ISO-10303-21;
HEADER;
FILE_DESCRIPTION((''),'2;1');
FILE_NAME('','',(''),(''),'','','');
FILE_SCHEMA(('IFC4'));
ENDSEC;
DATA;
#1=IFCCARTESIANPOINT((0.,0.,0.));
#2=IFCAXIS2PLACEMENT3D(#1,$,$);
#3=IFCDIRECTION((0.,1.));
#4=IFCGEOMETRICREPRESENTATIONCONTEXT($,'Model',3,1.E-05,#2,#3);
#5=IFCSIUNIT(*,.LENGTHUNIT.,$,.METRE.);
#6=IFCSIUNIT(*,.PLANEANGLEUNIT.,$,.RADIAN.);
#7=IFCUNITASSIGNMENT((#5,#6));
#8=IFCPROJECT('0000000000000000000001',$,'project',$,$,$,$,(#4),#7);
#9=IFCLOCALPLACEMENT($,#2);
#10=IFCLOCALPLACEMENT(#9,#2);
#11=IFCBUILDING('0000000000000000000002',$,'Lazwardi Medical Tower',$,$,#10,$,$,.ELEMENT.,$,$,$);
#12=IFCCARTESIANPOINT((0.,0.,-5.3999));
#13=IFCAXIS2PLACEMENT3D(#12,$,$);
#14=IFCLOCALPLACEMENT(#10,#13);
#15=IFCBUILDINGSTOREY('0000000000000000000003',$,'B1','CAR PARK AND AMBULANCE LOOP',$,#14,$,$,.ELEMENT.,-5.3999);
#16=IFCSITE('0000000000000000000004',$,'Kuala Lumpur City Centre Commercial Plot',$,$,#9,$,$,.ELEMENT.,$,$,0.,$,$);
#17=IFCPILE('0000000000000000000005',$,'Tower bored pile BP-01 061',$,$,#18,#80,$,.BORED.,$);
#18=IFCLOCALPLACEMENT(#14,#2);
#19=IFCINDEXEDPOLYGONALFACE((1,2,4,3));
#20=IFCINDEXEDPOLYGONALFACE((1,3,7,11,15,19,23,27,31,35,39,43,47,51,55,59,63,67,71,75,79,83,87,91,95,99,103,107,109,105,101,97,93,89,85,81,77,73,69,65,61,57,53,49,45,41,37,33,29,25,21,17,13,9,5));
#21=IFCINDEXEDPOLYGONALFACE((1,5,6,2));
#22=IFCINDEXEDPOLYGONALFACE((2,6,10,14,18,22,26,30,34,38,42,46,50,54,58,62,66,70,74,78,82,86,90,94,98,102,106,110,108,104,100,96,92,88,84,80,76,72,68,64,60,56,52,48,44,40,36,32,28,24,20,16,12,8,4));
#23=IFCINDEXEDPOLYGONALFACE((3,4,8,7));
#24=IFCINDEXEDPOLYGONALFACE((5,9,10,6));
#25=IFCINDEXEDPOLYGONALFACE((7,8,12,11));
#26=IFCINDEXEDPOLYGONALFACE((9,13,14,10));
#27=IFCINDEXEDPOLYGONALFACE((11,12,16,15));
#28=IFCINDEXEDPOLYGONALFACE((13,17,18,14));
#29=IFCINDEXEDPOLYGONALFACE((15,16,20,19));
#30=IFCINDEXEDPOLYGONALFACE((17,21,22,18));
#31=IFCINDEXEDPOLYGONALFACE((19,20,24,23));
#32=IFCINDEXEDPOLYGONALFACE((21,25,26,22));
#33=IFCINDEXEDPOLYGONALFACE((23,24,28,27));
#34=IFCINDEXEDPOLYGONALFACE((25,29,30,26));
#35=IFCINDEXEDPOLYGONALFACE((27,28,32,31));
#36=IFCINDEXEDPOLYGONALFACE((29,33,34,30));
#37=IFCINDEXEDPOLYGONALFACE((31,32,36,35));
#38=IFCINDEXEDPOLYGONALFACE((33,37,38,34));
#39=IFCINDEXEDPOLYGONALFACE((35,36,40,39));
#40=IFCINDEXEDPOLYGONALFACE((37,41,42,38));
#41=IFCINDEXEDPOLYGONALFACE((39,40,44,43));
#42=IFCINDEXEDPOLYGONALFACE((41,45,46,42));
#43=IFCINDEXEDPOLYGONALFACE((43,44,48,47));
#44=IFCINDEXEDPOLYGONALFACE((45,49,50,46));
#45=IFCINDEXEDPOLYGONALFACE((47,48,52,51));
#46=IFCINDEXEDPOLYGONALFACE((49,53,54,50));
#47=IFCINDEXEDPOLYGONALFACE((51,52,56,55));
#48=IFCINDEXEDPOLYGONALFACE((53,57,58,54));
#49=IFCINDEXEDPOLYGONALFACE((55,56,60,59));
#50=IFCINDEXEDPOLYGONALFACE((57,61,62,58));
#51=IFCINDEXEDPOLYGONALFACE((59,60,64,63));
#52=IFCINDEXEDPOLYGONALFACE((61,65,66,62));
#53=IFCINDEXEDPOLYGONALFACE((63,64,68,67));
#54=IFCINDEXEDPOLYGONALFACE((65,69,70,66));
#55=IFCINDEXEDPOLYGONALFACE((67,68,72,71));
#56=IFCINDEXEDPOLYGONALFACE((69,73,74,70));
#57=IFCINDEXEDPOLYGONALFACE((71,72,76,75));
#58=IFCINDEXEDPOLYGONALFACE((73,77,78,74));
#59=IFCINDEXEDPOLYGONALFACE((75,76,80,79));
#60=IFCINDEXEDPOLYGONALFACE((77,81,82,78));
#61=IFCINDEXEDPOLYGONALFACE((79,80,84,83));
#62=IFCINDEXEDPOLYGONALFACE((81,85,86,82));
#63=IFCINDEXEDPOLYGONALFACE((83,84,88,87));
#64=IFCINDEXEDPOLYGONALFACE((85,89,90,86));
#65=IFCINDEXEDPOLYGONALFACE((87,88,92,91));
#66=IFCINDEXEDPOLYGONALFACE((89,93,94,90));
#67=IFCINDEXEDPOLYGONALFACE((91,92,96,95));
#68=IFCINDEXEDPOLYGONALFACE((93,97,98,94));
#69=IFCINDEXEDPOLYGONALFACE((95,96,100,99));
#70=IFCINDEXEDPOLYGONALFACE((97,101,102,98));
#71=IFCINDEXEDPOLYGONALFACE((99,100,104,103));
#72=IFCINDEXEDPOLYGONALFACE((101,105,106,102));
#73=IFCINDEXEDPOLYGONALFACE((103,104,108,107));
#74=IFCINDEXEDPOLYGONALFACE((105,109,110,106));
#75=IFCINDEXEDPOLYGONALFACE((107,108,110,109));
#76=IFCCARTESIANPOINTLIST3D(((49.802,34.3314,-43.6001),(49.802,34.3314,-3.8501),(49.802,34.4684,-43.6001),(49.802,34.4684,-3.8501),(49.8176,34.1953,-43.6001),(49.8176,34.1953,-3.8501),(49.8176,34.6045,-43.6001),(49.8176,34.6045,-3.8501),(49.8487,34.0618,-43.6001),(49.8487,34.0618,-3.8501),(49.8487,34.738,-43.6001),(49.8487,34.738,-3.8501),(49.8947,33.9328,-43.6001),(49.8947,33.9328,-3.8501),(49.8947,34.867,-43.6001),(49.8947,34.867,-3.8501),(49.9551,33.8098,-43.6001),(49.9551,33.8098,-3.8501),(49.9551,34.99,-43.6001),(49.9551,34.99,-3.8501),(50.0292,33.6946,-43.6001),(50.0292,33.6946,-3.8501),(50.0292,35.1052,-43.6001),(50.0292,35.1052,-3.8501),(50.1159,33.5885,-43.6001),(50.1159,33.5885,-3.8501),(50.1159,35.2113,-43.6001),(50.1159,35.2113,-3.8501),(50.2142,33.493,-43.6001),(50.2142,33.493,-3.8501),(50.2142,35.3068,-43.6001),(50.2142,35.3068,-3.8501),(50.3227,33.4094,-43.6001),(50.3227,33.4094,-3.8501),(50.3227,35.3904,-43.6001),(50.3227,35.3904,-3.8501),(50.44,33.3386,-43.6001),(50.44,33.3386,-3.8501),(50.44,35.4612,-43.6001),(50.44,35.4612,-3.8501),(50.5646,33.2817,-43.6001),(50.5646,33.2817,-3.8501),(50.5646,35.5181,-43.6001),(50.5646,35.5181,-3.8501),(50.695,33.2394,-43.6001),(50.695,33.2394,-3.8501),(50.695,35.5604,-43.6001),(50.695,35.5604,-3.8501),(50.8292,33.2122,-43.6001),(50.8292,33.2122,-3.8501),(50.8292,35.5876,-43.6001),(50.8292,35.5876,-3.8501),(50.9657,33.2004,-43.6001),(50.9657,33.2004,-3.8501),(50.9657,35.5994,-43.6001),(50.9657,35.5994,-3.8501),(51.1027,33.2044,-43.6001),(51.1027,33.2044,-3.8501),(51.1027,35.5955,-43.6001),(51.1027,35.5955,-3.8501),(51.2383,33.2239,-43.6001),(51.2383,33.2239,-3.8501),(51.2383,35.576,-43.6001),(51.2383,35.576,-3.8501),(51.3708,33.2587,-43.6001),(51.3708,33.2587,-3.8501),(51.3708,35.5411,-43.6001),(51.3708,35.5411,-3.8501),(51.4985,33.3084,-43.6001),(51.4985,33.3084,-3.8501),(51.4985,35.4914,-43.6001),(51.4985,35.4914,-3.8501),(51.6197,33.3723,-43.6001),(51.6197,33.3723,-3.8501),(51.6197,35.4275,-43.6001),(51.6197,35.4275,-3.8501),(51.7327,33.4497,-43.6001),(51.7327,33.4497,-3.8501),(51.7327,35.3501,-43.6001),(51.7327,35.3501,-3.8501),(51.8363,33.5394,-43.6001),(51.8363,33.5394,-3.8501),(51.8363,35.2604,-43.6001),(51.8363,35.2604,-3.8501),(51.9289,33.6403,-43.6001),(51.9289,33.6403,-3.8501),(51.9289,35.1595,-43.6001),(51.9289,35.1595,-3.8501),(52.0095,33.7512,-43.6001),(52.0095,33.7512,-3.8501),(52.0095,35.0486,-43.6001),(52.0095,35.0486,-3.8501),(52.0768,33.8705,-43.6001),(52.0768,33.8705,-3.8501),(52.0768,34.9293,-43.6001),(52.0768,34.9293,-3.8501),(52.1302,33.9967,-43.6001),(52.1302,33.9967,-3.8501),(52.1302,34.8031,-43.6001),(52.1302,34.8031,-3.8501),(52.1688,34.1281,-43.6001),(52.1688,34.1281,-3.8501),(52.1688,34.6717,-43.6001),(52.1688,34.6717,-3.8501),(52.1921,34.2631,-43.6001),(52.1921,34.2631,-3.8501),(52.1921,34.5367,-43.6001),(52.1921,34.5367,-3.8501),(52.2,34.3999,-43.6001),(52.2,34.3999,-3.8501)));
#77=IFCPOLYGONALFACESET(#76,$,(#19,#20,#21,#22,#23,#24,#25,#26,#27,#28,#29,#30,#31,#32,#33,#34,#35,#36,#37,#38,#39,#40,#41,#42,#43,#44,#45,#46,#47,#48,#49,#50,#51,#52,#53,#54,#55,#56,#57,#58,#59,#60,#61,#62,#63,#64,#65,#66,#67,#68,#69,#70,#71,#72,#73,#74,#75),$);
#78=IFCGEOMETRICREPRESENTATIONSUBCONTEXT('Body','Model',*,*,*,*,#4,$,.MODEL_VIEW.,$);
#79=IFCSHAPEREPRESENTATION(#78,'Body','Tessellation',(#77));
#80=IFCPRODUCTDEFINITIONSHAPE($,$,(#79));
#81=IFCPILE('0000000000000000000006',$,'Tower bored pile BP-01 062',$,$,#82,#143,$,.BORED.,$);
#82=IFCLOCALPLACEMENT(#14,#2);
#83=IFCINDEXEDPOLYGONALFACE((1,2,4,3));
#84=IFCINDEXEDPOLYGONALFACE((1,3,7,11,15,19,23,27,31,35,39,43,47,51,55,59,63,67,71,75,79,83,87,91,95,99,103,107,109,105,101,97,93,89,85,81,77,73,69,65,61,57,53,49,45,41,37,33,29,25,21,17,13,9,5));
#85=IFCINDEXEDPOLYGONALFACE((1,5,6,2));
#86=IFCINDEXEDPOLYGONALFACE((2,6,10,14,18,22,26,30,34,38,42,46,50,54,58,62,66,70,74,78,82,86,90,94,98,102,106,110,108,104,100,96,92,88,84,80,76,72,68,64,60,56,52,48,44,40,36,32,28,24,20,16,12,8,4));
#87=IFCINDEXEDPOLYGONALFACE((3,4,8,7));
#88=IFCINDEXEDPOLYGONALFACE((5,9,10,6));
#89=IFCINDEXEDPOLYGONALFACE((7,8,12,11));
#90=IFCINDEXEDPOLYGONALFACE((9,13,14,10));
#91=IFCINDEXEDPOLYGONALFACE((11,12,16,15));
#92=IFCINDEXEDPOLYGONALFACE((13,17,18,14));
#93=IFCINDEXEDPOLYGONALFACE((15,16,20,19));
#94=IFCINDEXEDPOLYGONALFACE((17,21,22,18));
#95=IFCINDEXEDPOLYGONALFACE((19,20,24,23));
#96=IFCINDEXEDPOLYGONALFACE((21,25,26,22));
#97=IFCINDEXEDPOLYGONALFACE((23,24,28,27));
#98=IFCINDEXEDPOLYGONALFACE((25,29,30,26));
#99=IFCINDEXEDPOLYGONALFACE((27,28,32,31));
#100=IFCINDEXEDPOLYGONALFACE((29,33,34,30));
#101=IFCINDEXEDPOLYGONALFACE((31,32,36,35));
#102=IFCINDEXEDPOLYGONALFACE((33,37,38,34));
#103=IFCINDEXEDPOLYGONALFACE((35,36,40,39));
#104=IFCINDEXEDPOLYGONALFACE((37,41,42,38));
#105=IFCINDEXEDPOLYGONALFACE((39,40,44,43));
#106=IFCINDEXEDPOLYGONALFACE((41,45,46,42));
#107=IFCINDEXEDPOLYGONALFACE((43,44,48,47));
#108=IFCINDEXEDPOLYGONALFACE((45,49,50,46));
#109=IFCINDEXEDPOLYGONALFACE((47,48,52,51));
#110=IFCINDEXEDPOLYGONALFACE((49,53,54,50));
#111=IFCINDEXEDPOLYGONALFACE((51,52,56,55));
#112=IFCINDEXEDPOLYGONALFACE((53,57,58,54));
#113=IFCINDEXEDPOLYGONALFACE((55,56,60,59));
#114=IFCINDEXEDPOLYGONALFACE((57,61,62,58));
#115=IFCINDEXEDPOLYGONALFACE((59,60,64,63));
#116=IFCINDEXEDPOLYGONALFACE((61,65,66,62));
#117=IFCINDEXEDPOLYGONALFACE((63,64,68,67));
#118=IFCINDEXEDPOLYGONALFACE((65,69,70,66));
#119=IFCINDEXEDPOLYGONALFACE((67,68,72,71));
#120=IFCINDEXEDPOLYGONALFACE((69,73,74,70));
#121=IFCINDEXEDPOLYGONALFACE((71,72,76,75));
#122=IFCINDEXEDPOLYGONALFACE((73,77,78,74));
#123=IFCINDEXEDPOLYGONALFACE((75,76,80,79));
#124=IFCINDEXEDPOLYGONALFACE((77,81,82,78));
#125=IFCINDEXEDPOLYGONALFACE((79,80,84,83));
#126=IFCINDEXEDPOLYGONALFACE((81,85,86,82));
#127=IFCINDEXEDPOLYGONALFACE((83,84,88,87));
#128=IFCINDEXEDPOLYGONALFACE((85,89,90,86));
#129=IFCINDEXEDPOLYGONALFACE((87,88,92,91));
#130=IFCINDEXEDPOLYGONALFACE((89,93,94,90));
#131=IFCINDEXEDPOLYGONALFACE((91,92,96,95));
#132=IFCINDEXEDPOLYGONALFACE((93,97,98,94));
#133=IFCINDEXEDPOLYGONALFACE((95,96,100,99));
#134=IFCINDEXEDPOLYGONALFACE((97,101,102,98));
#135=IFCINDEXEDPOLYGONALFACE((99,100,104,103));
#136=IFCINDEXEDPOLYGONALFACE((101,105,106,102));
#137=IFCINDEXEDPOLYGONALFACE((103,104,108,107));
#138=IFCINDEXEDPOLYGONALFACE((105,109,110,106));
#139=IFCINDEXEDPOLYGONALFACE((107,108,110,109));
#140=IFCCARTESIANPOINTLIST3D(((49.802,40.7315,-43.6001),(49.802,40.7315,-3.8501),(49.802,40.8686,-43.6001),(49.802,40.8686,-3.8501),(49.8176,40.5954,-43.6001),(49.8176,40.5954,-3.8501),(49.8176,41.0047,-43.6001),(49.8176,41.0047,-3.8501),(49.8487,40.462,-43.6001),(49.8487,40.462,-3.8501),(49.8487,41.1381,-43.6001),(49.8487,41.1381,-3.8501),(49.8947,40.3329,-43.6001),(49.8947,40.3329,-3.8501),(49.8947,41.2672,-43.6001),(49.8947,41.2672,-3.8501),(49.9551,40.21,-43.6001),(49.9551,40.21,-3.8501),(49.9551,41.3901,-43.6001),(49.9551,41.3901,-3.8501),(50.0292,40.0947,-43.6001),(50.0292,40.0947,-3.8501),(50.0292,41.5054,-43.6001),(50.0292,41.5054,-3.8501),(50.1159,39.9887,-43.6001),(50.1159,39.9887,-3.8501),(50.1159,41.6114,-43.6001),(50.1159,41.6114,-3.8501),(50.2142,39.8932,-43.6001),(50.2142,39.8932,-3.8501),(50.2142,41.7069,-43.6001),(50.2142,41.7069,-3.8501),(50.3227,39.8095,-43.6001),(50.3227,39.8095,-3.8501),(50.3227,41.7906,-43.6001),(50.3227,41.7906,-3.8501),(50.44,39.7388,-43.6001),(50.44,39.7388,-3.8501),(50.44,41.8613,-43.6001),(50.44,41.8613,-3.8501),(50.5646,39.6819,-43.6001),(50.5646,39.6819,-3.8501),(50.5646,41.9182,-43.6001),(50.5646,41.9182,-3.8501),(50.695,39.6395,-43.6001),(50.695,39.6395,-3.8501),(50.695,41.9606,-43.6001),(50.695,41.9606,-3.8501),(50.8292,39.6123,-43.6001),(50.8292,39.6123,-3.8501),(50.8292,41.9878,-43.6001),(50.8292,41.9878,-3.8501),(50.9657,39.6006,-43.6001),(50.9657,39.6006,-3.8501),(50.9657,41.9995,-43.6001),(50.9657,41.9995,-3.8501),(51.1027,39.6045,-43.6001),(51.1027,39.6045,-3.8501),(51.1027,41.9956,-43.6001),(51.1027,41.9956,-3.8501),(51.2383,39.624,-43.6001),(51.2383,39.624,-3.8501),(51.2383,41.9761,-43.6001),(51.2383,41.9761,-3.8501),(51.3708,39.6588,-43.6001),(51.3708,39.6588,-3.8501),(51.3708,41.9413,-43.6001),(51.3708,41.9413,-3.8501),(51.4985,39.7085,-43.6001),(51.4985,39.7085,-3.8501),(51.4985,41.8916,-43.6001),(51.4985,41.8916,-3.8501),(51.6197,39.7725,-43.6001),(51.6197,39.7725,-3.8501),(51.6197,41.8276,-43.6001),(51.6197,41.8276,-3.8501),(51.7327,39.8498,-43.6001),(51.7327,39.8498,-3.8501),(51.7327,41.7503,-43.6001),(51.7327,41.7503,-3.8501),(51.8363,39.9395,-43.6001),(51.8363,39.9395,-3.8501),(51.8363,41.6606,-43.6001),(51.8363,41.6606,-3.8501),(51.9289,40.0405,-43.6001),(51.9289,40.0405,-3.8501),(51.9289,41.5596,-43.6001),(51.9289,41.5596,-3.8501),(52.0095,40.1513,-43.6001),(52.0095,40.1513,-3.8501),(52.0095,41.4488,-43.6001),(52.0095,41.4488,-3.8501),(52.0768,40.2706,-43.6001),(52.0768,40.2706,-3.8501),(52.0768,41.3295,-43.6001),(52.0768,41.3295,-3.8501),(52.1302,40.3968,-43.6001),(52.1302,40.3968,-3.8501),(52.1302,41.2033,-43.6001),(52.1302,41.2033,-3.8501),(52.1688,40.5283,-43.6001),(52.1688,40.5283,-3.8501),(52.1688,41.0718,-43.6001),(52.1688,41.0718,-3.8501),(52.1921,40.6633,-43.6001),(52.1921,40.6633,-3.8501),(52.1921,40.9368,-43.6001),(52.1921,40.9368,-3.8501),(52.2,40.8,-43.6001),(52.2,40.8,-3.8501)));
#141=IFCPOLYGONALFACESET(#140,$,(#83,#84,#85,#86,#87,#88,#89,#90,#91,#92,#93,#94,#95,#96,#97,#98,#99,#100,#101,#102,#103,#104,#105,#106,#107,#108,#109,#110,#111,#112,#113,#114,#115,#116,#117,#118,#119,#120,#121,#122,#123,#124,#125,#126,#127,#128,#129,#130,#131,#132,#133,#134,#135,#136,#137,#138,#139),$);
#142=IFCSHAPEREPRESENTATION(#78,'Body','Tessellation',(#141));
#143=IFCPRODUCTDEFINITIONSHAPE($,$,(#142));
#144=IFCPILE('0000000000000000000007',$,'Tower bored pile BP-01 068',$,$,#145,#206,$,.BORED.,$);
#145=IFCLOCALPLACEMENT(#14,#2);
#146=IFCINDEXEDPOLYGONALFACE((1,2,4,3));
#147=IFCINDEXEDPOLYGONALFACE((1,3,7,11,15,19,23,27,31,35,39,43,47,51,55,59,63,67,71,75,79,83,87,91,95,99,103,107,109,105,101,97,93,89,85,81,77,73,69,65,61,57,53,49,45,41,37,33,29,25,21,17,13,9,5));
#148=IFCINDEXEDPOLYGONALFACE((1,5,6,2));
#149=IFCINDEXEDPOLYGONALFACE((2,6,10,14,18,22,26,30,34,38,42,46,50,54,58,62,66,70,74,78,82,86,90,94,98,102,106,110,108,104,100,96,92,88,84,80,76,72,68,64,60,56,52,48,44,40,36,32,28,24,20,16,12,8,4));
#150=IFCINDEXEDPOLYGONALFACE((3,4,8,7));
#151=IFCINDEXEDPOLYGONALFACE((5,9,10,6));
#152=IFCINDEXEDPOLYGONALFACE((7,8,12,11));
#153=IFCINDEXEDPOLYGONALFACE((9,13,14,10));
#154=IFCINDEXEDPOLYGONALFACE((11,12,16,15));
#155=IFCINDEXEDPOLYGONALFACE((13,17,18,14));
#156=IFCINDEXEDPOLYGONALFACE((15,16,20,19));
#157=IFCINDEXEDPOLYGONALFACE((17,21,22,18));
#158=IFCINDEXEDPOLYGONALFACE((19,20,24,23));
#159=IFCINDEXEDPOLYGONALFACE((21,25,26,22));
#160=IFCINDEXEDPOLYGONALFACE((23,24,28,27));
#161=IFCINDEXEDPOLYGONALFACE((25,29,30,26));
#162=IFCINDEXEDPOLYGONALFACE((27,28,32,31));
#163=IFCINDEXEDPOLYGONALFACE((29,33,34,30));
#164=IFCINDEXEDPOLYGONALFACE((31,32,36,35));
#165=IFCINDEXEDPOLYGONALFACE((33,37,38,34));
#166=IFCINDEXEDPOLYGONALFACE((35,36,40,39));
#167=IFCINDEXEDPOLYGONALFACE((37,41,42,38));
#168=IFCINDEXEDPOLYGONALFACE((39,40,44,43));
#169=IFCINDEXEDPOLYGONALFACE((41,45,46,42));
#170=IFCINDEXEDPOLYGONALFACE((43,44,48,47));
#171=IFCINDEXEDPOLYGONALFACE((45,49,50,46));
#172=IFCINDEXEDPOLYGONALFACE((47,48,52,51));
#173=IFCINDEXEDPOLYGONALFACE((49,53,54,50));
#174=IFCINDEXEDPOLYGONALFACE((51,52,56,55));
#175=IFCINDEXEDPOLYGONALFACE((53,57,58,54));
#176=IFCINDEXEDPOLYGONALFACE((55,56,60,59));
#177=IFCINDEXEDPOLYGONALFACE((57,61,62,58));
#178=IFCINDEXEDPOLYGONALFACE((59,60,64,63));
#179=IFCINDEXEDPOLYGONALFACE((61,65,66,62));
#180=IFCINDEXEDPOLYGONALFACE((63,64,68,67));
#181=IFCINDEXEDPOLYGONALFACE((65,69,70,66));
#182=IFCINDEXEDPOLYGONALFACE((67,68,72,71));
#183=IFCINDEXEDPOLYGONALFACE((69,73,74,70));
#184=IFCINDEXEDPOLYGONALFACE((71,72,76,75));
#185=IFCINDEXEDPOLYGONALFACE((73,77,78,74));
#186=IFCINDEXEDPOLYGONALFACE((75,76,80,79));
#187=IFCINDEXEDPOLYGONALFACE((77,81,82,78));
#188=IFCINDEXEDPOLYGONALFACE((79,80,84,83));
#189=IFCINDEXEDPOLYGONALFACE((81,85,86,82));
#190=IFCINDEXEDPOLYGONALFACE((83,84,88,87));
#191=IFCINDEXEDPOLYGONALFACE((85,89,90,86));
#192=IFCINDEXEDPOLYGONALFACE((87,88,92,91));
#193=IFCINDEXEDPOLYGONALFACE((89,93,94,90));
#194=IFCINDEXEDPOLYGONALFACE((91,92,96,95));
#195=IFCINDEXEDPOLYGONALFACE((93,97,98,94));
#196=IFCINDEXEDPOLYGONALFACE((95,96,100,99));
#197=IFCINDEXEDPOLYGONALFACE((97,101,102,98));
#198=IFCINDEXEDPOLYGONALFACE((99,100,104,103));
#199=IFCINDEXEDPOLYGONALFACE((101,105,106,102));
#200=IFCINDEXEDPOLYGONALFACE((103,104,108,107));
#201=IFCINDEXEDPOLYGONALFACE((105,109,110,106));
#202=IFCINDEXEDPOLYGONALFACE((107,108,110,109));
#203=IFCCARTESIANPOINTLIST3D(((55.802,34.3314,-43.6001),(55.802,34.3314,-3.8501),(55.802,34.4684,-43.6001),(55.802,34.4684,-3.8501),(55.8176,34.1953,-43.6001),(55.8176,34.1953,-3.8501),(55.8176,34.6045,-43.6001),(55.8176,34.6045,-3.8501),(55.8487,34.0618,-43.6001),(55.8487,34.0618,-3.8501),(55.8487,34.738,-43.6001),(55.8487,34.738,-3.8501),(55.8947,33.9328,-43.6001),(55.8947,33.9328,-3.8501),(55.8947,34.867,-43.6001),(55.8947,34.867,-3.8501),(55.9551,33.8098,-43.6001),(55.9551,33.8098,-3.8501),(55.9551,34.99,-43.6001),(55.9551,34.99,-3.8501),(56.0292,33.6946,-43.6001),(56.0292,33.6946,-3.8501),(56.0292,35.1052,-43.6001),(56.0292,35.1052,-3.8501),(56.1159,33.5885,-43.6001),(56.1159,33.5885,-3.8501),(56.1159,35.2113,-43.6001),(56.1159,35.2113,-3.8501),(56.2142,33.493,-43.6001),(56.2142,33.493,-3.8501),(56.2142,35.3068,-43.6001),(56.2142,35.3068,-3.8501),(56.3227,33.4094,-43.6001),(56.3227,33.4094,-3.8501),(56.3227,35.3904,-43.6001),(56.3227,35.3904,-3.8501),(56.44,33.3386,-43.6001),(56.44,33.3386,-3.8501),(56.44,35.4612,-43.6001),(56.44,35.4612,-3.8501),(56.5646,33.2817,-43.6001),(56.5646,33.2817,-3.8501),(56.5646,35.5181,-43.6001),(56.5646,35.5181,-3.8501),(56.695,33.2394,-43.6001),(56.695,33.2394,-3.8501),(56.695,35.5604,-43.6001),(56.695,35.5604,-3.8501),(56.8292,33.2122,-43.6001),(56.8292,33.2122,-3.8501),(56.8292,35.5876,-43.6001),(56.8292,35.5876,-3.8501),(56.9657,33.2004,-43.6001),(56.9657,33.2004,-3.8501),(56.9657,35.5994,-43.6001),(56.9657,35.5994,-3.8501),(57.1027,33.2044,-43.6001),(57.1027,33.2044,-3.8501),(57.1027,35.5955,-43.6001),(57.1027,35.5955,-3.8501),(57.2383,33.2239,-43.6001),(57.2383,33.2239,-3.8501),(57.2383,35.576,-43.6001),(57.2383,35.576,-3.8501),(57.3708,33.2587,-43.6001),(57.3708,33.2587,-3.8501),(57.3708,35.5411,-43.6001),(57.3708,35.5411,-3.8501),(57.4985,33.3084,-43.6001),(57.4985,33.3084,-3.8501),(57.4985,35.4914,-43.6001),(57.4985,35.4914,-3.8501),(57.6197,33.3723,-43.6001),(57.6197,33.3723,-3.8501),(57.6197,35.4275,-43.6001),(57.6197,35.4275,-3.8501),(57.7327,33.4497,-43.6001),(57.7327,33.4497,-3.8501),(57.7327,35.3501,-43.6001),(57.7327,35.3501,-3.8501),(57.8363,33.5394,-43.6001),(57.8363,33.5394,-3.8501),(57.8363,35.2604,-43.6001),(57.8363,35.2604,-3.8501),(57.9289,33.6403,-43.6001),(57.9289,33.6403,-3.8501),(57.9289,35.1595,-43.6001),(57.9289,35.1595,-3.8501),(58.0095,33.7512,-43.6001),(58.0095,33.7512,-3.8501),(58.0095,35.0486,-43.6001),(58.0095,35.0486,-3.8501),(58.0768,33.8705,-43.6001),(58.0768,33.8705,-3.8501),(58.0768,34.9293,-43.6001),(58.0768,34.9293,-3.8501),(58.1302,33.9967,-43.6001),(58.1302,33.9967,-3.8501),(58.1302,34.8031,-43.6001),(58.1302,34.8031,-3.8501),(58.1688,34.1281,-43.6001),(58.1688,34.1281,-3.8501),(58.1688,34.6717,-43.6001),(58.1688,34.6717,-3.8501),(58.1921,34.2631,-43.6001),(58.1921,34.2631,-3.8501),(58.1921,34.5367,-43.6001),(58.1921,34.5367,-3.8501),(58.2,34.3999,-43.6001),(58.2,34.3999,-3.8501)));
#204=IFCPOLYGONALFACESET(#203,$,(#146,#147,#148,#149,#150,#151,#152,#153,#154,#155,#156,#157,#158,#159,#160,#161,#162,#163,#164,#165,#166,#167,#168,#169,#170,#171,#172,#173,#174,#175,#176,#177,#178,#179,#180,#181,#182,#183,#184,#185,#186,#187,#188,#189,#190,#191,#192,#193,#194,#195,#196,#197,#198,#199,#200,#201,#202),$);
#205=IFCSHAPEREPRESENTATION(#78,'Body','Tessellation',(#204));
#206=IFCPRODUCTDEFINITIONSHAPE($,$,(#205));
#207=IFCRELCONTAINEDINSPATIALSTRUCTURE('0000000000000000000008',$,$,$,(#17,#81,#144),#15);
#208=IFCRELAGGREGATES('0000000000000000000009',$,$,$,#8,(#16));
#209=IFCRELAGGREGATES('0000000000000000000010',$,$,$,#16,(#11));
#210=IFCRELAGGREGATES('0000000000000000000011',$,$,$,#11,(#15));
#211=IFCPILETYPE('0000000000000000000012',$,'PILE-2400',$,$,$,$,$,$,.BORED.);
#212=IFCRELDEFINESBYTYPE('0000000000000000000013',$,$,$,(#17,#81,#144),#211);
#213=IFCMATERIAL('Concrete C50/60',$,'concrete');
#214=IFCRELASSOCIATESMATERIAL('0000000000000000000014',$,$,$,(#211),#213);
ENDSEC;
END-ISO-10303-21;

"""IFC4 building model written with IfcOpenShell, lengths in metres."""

from ifc_helpers import new_model, si_unit, direction, frame, origin, origin_2d, place, context, subcontext, project, spatial, circle, extrude, material, material_profile, profile_set, type_object, element, save


model = new_model("IFC4")

# Units and contexts
model_context = context("Model", 3, precision=1e-05, world=origin(), true_north=direction((0.0, 1.0)))
body_context = subcontext(model_context, "Body", "Model", "MODEL_VIEW")
ifc_project = project(units=[si_unit("LENGTHUNIT", "METRE"), si_unit("PLANEANGLEUNIT", "RADIAN")], contexts=[model_context])

# Site, building, storey
site_placement = place(None, origin())
site = spatial("IfcSite", under=ifc_project, at=site_placement, Name="Kuala Lumpur City Centre Commercial Plot", CompositionType="ELEMENT", RefElevation=0.0)
building_placement = place(site_placement, origin())
building = spatial("IfcBuilding", under=site, at=building_placement, Name="Lazwardi Medical Tower", CompositionType="ELEMENT")
storey_placement = place(building_placement, frame((0.0, 0.0, -5.3999)))
storey = spatial("IfcBuildingStorey", under=building, at=storey_placement, Name="B1", Description="CAR PARK AND AMBULANCE LOOP", CompositionType="ELEMENT", Elevation=-5.3999)

# Piles
ifc_material_1 = material(Name="Concrete C50/60", Category="concrete")
ifc_material_profile_1 = material_profile(ifc_material_1, circle(Radius=1.2, at=origin_2d()), Name="BORED PILE D2400")
ifc_profile_set_1 = profile_set([ifc_material_profile_1], Name="Concrete C50/60")
pile_type = type_object("IfcPileType", Name="PILE-2400", PredefinedType="BORED", material=ifc_profile_set_1)
for number, where, z_axis, x_axis, name in (
    (1, (51.0, 34.3999, -3.8501), (0.0, 0.0, -1.0), (1.0, 0.0, 0.0), "Tower bored pile BP-01 061"),
    (2, (51.0, 40.8, -3.8501), (0.0, 0.0, -1.0), (1.0, 0.0, 0.0), "Tower bored pile BP-01 062"),
    (3, (57.0, 34.3999, -3.8501), (0.0, 0.0, -1.0), (1.0, 0.0, 0.0), "Tower bored pile BP-01 068"),
):
    element("IfcPile", number, at=place(storey_placement, frame(where, z_axis=z_axis, x_axis=x_axis)), inside=storey, type_object=pile_type, Name=name, PredefinedType="BORED", context=body_context, shape_type="SweptSolid", body=[
        extrude(circle(Radius=1.2, at=origin_2d()), origin(), (0.0, 0.0, 1.0), 39.75),
    ])

save(model, "model.ifc")
